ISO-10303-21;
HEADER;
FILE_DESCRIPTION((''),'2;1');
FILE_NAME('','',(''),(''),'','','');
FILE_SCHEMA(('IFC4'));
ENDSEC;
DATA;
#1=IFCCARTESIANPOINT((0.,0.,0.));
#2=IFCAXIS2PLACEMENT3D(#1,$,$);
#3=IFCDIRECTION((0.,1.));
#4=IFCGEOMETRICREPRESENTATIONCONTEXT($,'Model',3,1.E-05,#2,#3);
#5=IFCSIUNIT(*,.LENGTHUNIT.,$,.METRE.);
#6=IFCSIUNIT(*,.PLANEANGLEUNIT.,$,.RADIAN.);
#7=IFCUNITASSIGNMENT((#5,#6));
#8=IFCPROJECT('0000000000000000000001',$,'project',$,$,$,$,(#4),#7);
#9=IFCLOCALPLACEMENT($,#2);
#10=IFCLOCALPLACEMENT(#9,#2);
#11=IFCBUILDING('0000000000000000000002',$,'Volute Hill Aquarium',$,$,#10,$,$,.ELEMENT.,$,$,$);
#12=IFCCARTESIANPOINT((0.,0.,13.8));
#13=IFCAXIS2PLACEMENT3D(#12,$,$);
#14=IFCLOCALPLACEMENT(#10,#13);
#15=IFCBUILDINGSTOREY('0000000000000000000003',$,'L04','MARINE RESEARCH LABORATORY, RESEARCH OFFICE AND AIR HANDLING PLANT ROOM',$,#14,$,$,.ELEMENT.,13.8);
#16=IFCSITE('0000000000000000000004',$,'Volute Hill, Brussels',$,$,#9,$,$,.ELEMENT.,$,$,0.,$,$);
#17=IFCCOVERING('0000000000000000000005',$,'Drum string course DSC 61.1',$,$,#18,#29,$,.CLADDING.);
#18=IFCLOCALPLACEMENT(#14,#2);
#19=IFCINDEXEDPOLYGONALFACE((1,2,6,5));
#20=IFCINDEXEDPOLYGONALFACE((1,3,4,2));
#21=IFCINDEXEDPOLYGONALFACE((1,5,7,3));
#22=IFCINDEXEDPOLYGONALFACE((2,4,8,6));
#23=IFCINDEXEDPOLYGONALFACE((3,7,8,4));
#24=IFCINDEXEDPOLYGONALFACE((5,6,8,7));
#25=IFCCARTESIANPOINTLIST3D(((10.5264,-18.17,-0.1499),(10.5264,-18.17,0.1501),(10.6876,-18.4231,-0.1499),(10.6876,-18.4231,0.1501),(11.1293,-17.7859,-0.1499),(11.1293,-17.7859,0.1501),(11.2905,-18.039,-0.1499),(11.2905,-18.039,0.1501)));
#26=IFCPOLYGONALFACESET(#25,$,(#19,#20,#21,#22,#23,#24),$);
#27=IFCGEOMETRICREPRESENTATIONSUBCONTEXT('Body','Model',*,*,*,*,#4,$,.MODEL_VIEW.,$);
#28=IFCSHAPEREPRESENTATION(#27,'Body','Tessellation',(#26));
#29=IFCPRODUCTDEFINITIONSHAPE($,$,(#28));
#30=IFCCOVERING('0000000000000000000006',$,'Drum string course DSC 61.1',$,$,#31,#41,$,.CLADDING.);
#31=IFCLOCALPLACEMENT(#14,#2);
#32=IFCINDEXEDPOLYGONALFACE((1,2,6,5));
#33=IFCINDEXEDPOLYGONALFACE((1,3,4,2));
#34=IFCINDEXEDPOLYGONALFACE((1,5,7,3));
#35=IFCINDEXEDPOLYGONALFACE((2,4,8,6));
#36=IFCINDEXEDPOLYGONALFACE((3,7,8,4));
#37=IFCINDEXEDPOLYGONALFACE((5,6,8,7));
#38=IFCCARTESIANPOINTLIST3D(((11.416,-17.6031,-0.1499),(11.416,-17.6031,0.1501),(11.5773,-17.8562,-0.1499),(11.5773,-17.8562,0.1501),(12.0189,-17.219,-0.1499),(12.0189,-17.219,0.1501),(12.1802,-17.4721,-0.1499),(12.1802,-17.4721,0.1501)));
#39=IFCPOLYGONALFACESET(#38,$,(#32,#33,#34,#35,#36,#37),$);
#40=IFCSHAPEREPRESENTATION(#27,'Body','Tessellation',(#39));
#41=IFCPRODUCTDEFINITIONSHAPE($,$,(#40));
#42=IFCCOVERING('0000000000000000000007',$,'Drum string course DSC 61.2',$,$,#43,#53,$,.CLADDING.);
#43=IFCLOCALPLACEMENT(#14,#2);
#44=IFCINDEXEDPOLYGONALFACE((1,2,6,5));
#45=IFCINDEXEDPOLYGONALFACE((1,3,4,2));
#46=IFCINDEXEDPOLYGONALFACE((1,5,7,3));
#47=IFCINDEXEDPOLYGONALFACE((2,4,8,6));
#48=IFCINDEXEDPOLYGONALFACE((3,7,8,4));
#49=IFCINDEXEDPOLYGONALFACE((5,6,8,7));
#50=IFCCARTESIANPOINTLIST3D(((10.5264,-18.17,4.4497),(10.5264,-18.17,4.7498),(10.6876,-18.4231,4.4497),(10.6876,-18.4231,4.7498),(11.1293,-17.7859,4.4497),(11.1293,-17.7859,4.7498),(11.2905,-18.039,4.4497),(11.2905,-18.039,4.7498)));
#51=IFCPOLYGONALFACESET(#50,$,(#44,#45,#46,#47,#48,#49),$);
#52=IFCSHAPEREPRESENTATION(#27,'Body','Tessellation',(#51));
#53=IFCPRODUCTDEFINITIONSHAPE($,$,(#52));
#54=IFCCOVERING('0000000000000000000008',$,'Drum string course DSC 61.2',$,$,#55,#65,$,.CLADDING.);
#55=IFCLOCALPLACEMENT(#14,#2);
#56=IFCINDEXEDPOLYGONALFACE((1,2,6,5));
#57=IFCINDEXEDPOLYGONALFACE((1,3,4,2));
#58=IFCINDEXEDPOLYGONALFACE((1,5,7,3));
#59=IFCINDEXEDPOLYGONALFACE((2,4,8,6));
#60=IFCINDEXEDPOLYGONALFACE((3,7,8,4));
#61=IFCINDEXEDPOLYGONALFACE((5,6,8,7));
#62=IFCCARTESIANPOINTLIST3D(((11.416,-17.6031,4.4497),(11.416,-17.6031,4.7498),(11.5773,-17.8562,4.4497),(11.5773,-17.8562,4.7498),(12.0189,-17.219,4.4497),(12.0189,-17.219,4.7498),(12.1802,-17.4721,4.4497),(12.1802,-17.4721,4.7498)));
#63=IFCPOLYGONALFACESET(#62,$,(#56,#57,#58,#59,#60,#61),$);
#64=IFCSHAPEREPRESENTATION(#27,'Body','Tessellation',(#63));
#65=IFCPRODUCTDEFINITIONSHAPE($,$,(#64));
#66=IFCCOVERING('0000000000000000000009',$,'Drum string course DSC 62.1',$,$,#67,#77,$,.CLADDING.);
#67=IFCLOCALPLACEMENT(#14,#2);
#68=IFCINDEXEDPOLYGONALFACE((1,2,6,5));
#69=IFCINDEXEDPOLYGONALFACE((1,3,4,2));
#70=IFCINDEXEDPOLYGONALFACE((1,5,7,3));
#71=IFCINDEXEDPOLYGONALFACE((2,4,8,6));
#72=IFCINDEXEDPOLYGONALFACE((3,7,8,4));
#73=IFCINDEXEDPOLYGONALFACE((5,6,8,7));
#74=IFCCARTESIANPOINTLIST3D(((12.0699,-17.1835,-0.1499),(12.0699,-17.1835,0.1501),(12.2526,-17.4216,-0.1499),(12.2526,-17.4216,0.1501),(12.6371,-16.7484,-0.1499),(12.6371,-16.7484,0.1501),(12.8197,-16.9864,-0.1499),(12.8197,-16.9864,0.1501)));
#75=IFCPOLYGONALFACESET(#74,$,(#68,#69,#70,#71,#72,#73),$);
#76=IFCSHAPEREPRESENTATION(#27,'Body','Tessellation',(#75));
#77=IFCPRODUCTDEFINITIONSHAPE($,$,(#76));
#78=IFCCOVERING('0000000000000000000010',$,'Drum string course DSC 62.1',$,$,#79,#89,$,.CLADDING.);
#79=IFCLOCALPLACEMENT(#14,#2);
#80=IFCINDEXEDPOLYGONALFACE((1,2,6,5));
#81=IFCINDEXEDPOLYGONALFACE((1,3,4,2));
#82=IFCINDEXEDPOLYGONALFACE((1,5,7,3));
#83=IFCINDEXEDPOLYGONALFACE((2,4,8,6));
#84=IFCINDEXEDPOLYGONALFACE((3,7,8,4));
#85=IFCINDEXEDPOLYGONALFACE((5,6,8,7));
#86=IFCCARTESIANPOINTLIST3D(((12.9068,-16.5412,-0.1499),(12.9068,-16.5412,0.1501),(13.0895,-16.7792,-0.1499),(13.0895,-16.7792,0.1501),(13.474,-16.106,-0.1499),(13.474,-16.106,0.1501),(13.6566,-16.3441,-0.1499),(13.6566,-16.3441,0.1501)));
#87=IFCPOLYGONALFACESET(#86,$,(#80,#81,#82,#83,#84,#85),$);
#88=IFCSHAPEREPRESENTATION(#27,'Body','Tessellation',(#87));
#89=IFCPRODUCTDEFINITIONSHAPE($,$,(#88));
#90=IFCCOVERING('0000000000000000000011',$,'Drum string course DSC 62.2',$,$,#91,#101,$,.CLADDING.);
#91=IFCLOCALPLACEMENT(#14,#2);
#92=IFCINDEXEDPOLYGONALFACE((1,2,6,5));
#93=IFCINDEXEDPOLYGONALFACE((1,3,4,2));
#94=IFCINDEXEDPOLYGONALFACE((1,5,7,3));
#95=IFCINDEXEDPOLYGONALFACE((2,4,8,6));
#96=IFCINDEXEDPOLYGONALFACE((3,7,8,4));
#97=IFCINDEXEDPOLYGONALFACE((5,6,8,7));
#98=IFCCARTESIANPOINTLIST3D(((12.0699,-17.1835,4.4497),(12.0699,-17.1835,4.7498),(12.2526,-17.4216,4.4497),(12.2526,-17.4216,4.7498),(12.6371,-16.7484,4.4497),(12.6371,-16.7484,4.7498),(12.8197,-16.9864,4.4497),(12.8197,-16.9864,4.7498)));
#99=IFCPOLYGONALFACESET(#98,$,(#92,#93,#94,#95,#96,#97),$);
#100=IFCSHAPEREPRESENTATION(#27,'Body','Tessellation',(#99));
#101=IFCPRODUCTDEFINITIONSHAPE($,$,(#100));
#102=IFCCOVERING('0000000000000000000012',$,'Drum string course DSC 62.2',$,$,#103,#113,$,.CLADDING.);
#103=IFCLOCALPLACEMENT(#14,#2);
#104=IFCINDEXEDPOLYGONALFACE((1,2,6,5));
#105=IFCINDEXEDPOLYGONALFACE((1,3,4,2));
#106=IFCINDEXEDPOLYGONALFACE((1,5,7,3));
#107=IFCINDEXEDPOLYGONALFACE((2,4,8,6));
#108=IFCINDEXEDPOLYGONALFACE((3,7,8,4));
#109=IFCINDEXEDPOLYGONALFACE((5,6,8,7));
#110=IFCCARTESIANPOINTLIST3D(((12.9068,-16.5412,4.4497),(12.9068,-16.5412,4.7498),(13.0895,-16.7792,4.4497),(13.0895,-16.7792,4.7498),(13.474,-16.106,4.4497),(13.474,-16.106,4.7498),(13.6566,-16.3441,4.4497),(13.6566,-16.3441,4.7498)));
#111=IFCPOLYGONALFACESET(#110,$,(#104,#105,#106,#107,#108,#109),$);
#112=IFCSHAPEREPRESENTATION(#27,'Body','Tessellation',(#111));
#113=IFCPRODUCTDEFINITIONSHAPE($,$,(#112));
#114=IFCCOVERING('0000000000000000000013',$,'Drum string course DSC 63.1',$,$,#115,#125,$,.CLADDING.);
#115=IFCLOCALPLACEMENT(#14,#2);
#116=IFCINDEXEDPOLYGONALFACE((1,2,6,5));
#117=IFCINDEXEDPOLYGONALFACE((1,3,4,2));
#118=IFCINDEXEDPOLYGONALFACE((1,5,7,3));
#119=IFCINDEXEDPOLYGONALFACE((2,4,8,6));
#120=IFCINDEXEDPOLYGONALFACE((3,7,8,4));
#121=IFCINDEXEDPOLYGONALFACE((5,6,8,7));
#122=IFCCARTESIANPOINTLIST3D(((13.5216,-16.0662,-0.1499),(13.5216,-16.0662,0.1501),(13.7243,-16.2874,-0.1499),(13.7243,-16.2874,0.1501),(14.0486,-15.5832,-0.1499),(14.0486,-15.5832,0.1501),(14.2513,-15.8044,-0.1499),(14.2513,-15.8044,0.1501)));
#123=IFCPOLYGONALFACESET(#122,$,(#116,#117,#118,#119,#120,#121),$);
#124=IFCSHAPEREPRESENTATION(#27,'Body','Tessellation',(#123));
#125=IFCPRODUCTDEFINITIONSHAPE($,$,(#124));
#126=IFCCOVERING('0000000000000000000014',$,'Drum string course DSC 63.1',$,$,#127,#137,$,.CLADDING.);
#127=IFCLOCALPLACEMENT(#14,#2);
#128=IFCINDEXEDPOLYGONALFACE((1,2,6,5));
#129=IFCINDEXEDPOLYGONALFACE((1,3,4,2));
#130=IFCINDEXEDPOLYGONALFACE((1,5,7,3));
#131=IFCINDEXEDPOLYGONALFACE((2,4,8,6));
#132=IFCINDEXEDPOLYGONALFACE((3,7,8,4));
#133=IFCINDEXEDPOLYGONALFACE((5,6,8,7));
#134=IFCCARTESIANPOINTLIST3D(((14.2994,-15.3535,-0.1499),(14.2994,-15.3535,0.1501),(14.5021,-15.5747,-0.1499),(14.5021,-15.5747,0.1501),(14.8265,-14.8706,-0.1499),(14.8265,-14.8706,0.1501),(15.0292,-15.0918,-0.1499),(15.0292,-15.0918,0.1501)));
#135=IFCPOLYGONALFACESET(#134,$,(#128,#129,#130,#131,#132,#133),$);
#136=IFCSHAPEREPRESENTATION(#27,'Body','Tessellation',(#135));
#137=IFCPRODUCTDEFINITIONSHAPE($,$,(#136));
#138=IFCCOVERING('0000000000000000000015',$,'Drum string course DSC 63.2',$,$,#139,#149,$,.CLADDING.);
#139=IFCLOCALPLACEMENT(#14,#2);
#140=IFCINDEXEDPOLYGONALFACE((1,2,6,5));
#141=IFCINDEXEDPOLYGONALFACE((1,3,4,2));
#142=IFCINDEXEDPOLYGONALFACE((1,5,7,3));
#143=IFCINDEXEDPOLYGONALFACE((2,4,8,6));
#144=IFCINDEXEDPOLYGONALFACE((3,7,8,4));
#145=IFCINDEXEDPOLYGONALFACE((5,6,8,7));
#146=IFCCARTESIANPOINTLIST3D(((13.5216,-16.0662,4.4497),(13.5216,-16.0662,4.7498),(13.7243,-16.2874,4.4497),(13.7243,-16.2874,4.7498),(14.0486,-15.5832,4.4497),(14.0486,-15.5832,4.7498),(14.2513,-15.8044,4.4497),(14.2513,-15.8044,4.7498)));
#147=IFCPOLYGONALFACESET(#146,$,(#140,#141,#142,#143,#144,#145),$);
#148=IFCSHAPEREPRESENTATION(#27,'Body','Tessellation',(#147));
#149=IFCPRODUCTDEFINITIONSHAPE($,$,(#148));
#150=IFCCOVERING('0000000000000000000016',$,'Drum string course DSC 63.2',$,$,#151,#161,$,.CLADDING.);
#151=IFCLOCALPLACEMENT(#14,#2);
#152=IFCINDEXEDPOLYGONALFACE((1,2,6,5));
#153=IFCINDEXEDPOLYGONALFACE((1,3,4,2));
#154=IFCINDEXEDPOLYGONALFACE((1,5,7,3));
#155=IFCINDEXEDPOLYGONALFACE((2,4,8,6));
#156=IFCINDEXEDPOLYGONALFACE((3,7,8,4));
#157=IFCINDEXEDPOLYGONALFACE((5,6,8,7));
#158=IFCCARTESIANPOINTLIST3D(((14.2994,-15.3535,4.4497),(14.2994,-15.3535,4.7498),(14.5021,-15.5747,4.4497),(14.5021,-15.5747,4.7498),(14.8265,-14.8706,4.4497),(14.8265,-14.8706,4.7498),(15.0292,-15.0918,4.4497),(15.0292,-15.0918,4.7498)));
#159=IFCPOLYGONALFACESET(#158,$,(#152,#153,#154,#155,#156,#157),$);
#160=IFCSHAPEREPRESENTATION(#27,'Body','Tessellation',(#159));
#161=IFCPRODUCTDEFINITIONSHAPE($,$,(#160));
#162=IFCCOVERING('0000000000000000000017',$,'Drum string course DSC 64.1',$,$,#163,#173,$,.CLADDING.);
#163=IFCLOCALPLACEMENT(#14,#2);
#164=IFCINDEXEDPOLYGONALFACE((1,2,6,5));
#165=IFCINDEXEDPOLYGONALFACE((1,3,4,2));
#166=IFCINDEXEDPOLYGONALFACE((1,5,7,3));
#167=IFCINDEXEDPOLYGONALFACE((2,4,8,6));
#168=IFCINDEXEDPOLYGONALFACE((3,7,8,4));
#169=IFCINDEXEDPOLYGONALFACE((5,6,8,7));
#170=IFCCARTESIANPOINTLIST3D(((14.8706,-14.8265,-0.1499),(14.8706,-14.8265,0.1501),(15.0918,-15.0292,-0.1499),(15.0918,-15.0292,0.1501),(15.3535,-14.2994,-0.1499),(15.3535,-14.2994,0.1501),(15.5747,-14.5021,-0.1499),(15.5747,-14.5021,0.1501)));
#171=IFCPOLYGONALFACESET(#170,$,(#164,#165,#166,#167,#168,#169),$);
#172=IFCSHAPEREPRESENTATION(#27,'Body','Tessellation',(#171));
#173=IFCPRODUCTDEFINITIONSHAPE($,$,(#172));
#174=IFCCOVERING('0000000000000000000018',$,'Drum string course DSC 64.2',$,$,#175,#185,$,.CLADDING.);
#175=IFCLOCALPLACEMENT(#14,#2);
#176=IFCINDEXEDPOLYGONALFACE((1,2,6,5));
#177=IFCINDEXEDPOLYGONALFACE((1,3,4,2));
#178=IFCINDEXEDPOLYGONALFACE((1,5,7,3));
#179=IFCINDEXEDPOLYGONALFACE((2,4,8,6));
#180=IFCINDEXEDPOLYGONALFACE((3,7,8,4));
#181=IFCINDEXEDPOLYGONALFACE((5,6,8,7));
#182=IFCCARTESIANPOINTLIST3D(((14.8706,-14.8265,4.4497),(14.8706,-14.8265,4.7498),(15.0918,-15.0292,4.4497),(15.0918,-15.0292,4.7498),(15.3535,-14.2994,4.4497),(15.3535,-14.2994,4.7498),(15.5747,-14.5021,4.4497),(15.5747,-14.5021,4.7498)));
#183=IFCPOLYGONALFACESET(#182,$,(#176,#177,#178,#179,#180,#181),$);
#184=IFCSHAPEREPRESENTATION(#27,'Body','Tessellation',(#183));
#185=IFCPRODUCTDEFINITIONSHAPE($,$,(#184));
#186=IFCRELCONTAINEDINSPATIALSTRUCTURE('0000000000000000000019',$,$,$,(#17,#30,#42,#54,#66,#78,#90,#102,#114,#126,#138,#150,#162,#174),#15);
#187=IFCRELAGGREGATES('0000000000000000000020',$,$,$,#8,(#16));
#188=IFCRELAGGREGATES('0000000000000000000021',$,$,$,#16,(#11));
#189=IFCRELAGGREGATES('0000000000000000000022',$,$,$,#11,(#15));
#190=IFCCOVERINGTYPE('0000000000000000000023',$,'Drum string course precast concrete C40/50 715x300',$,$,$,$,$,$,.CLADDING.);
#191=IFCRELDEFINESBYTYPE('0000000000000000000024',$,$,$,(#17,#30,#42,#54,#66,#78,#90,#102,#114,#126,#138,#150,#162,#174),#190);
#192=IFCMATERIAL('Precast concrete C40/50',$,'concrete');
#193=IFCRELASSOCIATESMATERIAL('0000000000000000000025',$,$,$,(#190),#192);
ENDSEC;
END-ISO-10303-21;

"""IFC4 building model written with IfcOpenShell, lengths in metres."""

from ifc_helpers import new_model, si_unit, direction, frame, origin, origin_2d, place, context, subcontext, project, spatial, rectangle, extrude, material, type_object, element, save


model = new_model("IFC4")

# Units and contexts
model_context = context("Model", 3, precision=1e-05, world=origin(), true_north=direction((0.0, 1.0)))
body_context = subcontext(model_context, "Body", "Model", "MODEL_VIEW")
ifc_project = project(units=[si_unit("LENGTHUNIT", "METRE"), si_unit("PLANEANGLEUNIT", "RADIAN")], contexts=[model_context])

# Site, building, storey
site_placement = place(None, origin())
site = spatial("IfcSite", under=ifc_project, at=site_placement, Name="Volute Hill, Brussels", CompositionType="ELEMENT", RefElevation=0.0)
building_placement = place(site_placement, origin())
building = spatial("IfcBuilding", under=site, at=building_placement, Name="Volute Hill Aquarium", CompositionType="ELEMENT")
storey_placement = place(building_placement, frame((0.0, 0.0, 13.8)))
storey = spatial("IfcBuildingStorey", under=building, at=storey_placement, Name="L04", Description="MARINE RESEARCH LABORATORY, RESEARCH OFFICE AND AIR HANDLING PLANT ROOM", CompositionType="ELEMENT", Elevation=13.8)

# Coverings
ifc_material_1 = material(Name="Precast concrete C40/50", Category="concrete")
covering_type_1 = type_object("IfcCoveringType", Name="Drum string course precast concrete C40/50 715x300", PredefinedType="CLADDING", material=ifc_material_1)
for number, where, z_axis, x_axis, name in (
    (1, (10.9084, -18.1045, -0.1499), (0.0, 0.0, 1.0), (0.843391, 0.5373, 0.0), "Drum string course DSC 61.1"),
    (2, (11.7981, -17.5376, -0.1499), (0.0, 0.0, 1.0), (0.843391, 0.5373, 0.0), "Drum string course DSC 61.1"),
    (3, (10.9084, -18.1045, 4.4497), (0.0, 0.0, 1.0), (0.843391, 0.5373, 0.0), "Drum string course DSC 61.2"),
    (4, (11.7981, -17.5376, 4.4497), (0.0, 0.0, 1.0), (0.843391, 0.5373, 0.0), "Drum string course DSC 61.2"),
    (5, (12.4448, -17.085, -0.1499), (0.0, 0.0, 1.0), (0.793353, 0.608761, 0.0), "Drum string course DSC 62.1"),
    (6, (13.2817, -16.4426, -0.1499), (0.0, 0.0, 1.0), (0.793353, 0.608761, 0.0), "Drum string course DSC 62.1"),
    (7, (12.4448, -17.085, 4.4497), (0.0, 0.0, 1.0), (0.793353, 0.608761, 0.0), "Drum string course DSC 62.2"),
    (8, (13.2817, -16.4426, 4.4497), (0.0, 0.0, 1.0), (0.793353, 0.608761, 0.0), "Drum string course DSC 62.2"),
    (9, (13.8865, -15.9353, -0.1499), (0.0, 0.0, 1.0), (0.737277, 0.67559, 0.0), "Drum string course DSC 63.1"),
    (10, (14.6643, -15.2227, -0.1499), (0.0, 0.0, 1.0), (0.737277, 0.67559, 0.0), "Drum string course DSC 63.1"),
    (11, (13.8865, -15.9353, 4.4497), (0.0, 0.0, 1.0), (0.737277, 0.67559, 0.0), "Drum string course DSC 63.2"),
    (12, (14.6643, -15.2227, 4.4497), (0.0, 0.0, 1.0), (0.737277, 0.67559, 0.0), "Drum string course DSC 63.2"),
    (13, (15.2227, -14.6643, -0.1499), (0.0, 0.0, 1.0), (0.67559, 0.737277, 0.0), "Drum string course DSC 64.1"),
    (14, (15.2227, -14.6643, 4.4497), (0.0, 0.0, 1.0), (0.67559, 0.737277, 0.0), "Drum string course DSC 64.2"),
):
    element("IfcCovering", number, at=place(storey_placement, frame(where, z_axis=z_axis, x_axis=x_axis)), inside=storey, type_object=covering_type_1, Name=name, PredefinedType="CLADDING", context=body_context, shape_type="SweptSolid", body=[
        extrude(rectangle(XDim=0.7148, YDim=0.3, at=origin_2d()), origin(), (0.0, 0.0, 1.0), 0.3),
    ])

save(model, "model.ifc")
